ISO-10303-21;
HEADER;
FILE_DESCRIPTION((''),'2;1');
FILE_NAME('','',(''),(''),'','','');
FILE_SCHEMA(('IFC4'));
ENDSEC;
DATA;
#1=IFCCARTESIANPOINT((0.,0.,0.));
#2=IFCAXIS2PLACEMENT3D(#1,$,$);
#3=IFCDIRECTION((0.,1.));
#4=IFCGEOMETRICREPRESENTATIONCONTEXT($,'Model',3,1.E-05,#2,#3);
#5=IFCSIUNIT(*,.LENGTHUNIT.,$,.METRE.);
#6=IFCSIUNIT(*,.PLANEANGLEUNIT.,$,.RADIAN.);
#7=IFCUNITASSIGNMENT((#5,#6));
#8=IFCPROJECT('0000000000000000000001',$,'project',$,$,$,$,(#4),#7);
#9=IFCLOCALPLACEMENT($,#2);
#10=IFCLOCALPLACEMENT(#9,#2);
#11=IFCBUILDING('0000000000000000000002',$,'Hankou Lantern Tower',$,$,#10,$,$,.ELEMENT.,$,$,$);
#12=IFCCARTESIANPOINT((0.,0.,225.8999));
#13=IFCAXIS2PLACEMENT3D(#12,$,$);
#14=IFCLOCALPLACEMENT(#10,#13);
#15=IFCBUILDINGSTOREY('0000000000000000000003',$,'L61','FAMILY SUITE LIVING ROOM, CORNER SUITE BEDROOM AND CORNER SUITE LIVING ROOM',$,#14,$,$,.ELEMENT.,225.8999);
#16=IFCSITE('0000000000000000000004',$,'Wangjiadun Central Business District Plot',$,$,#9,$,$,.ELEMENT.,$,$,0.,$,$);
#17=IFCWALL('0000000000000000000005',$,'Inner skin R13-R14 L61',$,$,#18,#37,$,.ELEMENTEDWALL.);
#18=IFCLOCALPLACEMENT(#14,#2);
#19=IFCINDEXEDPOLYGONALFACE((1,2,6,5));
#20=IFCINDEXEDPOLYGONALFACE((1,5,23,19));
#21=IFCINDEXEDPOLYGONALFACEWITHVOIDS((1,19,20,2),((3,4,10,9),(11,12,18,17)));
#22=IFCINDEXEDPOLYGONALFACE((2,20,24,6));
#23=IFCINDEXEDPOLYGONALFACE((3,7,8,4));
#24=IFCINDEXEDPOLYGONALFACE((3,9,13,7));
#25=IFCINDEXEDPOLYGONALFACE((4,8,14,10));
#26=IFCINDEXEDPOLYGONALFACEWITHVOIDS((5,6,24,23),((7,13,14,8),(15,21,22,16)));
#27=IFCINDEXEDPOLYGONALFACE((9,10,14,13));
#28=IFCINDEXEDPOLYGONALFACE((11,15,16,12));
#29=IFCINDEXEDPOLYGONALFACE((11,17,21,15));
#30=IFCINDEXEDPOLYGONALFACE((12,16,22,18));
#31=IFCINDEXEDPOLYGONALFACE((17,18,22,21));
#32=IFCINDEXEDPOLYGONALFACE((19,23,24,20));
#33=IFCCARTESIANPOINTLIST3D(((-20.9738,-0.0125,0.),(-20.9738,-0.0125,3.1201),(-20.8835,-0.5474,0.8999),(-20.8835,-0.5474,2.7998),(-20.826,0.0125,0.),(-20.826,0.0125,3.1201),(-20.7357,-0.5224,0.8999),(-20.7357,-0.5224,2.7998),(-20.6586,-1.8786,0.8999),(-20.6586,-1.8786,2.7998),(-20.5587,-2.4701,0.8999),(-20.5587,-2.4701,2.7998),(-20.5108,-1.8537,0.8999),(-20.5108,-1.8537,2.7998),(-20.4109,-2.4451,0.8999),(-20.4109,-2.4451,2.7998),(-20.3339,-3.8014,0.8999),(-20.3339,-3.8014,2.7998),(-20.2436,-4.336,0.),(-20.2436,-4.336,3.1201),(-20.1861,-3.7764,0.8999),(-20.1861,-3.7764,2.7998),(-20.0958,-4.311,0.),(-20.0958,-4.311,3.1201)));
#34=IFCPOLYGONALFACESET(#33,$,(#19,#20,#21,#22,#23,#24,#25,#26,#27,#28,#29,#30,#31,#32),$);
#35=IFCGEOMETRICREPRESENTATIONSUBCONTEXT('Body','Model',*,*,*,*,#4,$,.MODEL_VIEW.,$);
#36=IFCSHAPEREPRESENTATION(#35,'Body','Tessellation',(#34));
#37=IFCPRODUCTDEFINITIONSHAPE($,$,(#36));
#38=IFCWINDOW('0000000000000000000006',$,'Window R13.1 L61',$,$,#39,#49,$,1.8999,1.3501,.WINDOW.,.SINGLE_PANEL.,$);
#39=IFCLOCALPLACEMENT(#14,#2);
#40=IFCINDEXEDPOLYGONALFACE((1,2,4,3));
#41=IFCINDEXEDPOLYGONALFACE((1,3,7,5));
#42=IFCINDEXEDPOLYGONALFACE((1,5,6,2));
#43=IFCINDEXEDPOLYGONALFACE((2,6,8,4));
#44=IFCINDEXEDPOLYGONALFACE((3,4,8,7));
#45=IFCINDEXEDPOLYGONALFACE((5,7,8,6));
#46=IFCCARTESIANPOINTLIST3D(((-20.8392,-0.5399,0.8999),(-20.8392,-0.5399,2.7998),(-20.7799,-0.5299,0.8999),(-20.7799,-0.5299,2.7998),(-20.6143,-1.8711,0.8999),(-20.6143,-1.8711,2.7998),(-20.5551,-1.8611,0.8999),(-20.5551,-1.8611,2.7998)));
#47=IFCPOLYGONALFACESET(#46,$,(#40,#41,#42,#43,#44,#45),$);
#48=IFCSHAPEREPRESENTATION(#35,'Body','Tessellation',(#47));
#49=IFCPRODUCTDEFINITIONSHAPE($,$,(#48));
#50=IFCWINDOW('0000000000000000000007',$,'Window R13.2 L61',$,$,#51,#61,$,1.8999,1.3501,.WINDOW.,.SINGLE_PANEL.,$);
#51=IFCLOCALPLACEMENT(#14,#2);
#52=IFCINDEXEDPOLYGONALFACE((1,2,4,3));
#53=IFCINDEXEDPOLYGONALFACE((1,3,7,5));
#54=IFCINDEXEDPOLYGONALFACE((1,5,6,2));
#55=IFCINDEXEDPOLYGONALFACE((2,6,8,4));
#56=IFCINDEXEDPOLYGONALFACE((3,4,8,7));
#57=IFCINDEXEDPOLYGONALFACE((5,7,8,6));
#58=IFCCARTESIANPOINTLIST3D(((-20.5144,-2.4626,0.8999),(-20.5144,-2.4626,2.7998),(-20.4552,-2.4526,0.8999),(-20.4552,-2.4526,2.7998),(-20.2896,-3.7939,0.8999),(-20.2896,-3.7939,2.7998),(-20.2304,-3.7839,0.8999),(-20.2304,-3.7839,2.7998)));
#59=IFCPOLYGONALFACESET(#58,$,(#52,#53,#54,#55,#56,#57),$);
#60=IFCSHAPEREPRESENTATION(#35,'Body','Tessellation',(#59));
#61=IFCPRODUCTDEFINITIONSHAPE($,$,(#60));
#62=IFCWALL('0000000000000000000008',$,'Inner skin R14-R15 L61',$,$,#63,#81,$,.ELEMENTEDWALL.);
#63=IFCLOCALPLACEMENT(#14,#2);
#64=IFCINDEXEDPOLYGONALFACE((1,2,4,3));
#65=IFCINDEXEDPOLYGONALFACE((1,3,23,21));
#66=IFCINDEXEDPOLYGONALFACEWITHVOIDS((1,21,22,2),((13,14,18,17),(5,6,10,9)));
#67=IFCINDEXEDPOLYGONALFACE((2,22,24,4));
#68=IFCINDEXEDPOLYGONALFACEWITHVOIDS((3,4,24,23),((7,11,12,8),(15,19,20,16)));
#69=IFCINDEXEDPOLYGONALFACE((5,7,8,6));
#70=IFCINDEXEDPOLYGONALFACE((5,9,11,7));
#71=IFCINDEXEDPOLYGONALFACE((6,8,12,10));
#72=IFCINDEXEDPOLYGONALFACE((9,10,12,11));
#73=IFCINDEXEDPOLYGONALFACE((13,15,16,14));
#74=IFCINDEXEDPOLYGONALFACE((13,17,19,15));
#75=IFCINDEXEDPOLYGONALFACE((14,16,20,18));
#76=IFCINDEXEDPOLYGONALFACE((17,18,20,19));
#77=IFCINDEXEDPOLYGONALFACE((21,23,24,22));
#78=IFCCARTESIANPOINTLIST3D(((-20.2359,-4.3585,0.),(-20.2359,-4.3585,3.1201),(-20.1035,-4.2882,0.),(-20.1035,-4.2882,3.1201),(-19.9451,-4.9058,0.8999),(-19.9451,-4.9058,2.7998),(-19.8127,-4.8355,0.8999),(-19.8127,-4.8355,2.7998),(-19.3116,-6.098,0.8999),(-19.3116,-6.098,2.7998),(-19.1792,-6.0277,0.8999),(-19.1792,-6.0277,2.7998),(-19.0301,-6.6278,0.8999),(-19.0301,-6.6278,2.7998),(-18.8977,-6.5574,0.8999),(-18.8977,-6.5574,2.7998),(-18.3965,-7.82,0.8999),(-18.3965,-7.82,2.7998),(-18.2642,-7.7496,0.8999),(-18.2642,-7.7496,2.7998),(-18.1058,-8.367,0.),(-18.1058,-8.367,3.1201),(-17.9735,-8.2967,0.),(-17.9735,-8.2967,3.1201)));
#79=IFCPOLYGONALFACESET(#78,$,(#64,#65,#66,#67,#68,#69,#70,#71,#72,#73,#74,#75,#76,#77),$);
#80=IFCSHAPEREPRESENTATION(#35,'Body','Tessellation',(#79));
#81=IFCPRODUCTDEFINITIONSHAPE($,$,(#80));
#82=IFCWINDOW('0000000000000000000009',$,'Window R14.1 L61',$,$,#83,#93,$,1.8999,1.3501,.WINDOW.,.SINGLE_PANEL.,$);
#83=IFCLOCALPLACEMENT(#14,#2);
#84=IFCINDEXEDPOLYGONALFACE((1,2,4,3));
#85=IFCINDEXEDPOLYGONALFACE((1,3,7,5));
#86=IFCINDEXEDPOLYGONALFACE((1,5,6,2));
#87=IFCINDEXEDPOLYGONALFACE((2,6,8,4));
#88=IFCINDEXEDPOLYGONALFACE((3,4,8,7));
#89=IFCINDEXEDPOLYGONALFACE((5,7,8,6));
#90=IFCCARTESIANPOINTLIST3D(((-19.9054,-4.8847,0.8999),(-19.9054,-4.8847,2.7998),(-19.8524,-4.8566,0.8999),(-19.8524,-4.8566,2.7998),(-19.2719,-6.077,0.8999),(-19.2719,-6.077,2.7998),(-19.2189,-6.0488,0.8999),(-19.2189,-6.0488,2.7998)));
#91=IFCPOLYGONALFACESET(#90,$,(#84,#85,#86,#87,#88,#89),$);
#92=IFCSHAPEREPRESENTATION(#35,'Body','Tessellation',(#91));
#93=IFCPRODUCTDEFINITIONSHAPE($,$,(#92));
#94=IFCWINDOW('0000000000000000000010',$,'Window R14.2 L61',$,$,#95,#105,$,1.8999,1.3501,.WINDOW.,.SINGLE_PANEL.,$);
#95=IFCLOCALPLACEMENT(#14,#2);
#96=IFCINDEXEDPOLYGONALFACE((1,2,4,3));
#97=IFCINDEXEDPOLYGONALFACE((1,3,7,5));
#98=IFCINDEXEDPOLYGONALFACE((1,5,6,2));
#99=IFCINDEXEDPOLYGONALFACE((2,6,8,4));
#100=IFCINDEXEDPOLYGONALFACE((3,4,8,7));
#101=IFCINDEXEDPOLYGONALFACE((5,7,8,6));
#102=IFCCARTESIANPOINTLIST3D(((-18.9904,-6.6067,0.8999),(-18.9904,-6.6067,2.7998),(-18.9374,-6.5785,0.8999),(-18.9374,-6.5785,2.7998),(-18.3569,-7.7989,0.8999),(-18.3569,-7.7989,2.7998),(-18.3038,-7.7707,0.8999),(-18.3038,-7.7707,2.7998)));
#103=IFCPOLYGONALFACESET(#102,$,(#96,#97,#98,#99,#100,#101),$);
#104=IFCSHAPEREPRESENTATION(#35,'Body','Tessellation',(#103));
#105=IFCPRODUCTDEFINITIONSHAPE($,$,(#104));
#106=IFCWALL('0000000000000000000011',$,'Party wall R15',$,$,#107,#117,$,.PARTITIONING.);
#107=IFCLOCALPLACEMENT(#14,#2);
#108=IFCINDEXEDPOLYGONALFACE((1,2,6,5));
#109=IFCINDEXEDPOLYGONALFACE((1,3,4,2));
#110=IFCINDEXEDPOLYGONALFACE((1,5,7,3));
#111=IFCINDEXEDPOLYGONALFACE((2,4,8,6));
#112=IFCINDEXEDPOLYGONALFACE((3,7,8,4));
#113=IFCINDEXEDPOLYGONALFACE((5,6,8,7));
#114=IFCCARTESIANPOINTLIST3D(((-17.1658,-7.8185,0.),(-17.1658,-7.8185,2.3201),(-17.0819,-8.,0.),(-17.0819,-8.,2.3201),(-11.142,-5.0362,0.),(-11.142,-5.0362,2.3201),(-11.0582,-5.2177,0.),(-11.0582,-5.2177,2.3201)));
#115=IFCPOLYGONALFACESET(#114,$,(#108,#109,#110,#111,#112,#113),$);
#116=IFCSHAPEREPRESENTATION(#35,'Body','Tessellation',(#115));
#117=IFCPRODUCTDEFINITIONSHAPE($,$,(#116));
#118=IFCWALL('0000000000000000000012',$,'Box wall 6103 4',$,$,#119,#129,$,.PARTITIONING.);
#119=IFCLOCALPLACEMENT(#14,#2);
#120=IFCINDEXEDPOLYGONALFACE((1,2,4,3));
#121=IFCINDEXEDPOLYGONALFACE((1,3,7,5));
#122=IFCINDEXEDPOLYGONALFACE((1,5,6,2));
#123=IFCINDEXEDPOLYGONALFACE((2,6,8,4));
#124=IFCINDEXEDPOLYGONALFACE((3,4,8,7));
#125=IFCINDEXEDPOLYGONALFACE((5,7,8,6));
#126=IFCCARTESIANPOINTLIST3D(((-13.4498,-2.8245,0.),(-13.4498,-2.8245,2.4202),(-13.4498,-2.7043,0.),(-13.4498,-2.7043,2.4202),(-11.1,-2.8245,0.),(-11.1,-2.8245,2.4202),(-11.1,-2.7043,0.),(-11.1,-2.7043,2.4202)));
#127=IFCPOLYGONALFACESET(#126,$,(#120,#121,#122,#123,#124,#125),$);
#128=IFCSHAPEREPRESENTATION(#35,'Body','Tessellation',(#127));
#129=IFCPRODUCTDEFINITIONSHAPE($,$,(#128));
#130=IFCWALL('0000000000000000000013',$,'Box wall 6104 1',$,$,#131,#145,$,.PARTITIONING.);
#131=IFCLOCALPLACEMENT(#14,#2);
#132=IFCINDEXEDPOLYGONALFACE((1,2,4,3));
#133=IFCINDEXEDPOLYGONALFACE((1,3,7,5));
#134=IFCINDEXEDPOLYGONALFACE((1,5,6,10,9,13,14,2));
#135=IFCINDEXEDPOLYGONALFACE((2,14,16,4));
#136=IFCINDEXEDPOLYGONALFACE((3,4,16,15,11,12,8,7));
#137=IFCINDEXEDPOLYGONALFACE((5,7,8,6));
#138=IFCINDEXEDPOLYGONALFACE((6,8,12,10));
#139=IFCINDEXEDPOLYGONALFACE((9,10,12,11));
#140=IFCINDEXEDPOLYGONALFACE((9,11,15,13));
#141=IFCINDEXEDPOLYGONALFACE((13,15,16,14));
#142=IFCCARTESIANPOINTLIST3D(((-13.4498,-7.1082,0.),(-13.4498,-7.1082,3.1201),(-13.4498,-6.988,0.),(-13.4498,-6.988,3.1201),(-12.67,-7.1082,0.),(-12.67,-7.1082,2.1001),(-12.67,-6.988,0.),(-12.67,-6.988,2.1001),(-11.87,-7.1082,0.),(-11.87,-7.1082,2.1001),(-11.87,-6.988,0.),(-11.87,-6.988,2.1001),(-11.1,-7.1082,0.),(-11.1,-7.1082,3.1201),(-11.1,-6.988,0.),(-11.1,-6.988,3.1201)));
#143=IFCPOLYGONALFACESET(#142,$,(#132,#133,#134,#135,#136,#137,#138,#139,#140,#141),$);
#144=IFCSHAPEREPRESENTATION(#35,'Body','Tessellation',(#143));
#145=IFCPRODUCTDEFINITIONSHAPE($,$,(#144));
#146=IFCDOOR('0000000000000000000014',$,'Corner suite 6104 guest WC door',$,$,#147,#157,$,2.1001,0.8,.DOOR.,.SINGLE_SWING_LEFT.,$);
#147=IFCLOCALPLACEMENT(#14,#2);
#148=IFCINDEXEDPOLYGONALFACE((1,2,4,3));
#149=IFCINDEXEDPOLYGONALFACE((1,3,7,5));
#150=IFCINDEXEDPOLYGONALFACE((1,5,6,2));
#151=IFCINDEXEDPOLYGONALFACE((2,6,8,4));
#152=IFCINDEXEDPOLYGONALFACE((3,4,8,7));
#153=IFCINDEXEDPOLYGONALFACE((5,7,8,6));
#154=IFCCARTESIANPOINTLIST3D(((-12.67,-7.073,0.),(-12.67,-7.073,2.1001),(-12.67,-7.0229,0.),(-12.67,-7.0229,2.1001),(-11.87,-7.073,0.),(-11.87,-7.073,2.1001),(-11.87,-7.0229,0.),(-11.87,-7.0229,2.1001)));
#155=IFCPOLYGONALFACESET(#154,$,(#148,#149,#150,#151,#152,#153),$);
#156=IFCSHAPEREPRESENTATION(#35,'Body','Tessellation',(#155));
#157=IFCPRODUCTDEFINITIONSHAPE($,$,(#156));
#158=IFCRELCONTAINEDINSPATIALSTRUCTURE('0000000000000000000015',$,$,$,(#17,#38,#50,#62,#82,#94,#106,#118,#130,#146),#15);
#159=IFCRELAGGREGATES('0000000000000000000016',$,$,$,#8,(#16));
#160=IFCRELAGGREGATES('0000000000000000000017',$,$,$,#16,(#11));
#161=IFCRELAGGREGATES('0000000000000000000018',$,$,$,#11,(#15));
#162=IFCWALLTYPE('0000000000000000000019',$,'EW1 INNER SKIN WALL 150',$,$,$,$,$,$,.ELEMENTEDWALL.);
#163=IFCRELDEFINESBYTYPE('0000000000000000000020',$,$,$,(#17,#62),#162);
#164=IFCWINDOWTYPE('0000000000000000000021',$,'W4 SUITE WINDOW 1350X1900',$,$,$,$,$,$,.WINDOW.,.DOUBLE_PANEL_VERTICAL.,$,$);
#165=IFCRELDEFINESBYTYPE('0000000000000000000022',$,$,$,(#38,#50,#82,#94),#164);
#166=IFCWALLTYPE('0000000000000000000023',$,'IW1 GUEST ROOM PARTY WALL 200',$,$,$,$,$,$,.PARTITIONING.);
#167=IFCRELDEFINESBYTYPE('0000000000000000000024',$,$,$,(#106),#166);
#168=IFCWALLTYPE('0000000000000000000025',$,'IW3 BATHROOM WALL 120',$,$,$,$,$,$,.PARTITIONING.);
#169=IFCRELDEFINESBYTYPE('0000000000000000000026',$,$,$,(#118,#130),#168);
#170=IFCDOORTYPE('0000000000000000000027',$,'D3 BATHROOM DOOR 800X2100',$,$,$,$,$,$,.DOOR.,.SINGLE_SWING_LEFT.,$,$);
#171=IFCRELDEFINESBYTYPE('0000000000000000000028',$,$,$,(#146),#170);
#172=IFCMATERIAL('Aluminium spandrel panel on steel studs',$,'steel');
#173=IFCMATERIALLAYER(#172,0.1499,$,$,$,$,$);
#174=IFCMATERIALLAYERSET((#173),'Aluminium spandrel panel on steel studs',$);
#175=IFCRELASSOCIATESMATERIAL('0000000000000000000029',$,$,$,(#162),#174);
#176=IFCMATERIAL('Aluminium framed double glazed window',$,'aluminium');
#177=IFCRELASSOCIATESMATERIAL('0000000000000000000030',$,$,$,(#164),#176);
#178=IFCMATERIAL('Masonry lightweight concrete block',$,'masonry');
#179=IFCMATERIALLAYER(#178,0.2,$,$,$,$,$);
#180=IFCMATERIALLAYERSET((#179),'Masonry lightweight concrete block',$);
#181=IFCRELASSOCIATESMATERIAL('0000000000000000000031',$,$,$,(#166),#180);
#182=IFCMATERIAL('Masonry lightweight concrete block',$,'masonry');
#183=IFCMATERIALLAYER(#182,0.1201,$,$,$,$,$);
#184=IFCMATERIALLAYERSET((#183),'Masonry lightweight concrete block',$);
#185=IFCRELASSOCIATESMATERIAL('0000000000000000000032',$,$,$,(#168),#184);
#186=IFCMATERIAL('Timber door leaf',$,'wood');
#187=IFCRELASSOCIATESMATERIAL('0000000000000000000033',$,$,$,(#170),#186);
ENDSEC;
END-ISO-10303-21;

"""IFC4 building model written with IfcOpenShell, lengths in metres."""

from ifc_helpers import new_model, si_unit, direction, frame, frame_2d, origin, place, context, subcontext, project, spatial, rectangle, extrude, material, layer, layer_set, type_object, element, fill, save


model = new_model("IFC4")

# Units and contexts
model_context = context("Model", 3, precision=1e-05, world=origin(), true_north=direction((0.0, 1.0)))
body_context = subcontext(model_context, "Body", "Model", "MODEL_VIEW")
ifc_project = project(units=[si_unit("LENGTHUNIT", "METRE"), si_unit("PLANEANGLEUNIT", "RADIAN")], contexts=[model_context])

# Site, building, storey
site_placement = place(None, origin())
site = spatial("IfcSite", under=ifc_project, at=site_placement, Name="Wangjiadun Central Business District Plot", CompositionType="ELEMENT", RefElevation=0.0)
building_placement = place(site_placement, origin())
building = spatial("IfcBuilding", under=site, at=building_placement, Name="Hankou Lantern Tower", CompositionType="ELEMENT")
storey_placement = place(building_placement, frame((0.0, 0.0, 225.8999)))
storey = spatial("IfcBuildingStorey", under=building, at=storey_placement, Name="L61", Description="FAMILY SUITE LIVING ROOM, CORNER SUITE BEDROOM AND CORNER SUITE LIVING ROOM", CompositionType="ELEMENT", Elevation=225.8999)

# Walls, openings, windows
ifc_material_1 = material(Name="Aluminium spandrel panel on steel studs", Category="steel")
ifc_layer_1 = layer(ifc_material_1, 0.1499)
ifc_layer_set_1 = layer_set([ifc_layer_1], Name="Aluminium spandrel panel on steel studs")
wall_type_1 = type_object("IfcWallType", Name="EW1 INNER SKIN WALL 150", PredefinedType="ELEMENTEDWALL", material=ifc_layer_set_1)
wall_1_placement = place(storey_placement, frame((-20.8999, 0.0, 0.0), z_axis=(0.0, 0.0, 1.0), x_axis=(0.166539, -0.986035, 0.0)))
wall_1 = element("IfcWall", 1, at=wall_1_placement, inside=storey, type_object=wall_type_1, Name="Inner skin R13-R14 L61", PredefinedType="ELEMENTEDWALL", context=body_context, shape_type="SweptSolid", body=[
    extrude(rectangle(XDim=4.3848, YDim=0.1499, at=frame_2d((2.1924, 0.0))), origin(), (0.0, 0.0, 1.0), 3.1201),
])
opening_1_placement = place(wall_1_placement, frame((0.5425, 0.0, 0.8999)))
opening_1 = element("IfcOpeningElement", 2, at=opening_1_placement, cuts=wall_1, PredefinedType="OPENING", context=body_context, shape_type="SweptSolid", body=[
    extrude(rectangle(XDim=1.3501, YDim=1.8999, at=frame_2d((0.675, 0.95))), frame((0.0, 0.085, 0.0), z_axis=(0.0, -1.0, 0.0), x_axis=(1.0, 0.0, 0.0)), (0.0, 0.0, 1.0), 0.1699),
])
opening_2_placement = place(wall_1_placement, frame((2.4924, 0.0, 0.8999)))
opening_2 = element("IfcOpeningElement", 3, at=opening_2_placement, cuts=wall_1, PredefinedType="OPENING", context=body_context, shape_type="SweptSolid", body=[
    extrude(rectangle(XDim=1.3501, YDim=1.8999, at=frame_2d((0.675, 0.95))), frame((0.0, 0.085, 0.0), z_axis=(0.0, -1.0, 0.0), x_axis=(1.0, 0.0, 0.0)), (0.0, 0.0, 1.0), 0.1699),
])
ifc_material_2 = material(Name="Aluminium framed double glazed window", Category="aluminium")
window_type = type_object("IfcWindowType", Name="W4 SUITE WINDOW 1350X1900", PartitioningType="DOUBLE_PANEL_VERTICAL", PredefinedType="WINDOW", material=ifc_material_2)
window_1_placement = place(opening_1_placement, origin())
window_1 = element("IfcWindow", 4, at=window_1_placement, inside=storey, type_object=window_type, Name="Window R13.1 L61", OverallHeight=1.8999, OverallWidth=1.3501, PartitioningType="SINGLE_PANEL", PredefinedType="WINDOW", context=body_context, shape_type="SweptSolid", body=[
    extrude(rectangle(XDim=1.3501, YDim=1.8999, at=frame_2d((0.675, 0.95))), frame((0.0, 0.03, 0.0), z_axis=(0.0, -1.0, 0.0), x_axis=(1.0, 0.0, 0.0)), (0.0, 0.0, 1.0), 0.0601),
])
fill(opening_1, window_1)
window_2_placement = place(opening_2_placement, origin())
window_2 = element("IfcWindow", 5, at=window_2_placement, inside=storey, type_object=window_type, Name="Window R13.2 L61", OverallHeight=1.8999, OverallWidth=1.3501, PartitioningType="SINGLE_PANEL", PredefinedType="WINDOW", context=body_context, shape_type="SweptSolid", body=[
    extrude(rectangle(XDim=1.3501, YDim=1.8999, at=frame_2d((0.675, 0.95))), frame((0.0, 0.03, 0.0), z_axis=(0.0, -1.0, 0.0), x_axis=(1.0, 0.0, 0.0)), (0.0, 0.0, 1.0), 0.0601),
])
fill(opening_2, window_2)
wall_2_placement = place(storey_placement, frame((-20.1697, -4.3235, 0.0), z_axis=(0.0, 0.0, 1.0), x_axis=(0.469256, -0.883062, 0.0)))
wall_2 = element("IfcWall", 6, at=wall_2_placement, inside=storey, type_object=wall_type_1, Name="Inner skin R14-R15 L61", PredefinedType="ELEMENTEDWALL", context=body_context, shape_type="SweptSolid", body=[
    extrude(rectangle(XDim=4.5393, YDim=0.1499, at=frame_2d((2.2695, 0.0))), origin(), (0.0, 0.0, 1.0), 3.1201),
])
opening_3_placement = place(wall_2_placement, frame((0.6196, 0.0, 0.8999)))
opening_3 = element("IfcOpeningElement", 7, at=opening_3_placement, cuts=wall_2, PredefinedType="OPENING", context=body_context, shape_type="SweptSolid", body=[
    extrude(rectangle(XDim=1.3501, YDim=1.8999, at=frame_2d((0.675, 0.95))), frame((0.0, 0.085, 0.0), z_axis=(0.0, -1.0, 0.0), x_axis=(1.0, 0.0, 0.0)), (0.0, 0.0, 1.0), 0.1699),
])
opening_4_placement = place(wall_2_placement, frame((2.5696, 0.0, 0.8999)))
opening_4 = element("IfcOpeningElement", 8, at=opening_4_placement, cuts=wall_2, PredefinedType="OPENING", context=body_context, shape_type="SweptSolid", body=[
    extrude(rectangle(XDim=1.3501, YDim=1.8999, at=frame_2d((0.675, 0.95))), frame((0.0, 0.085, 0.0), z_axis=(0.0, -1.0, 0.0), x_axis=(1.0, 0.0, 0.0)), (0.0, 0.0, 1.0), 0.1699),
])
window_3_placement = place(opening_3_placement, origin())
window_3 = element("IfcWindow", 9, at=window_3_placement, inside=storey, type_object=window_type, Name="Window R14.1 L61", OverallHeight=1.8999, OverallWidth=1.3501, PartitioningType="SINGLE_PANEL", PredefinedType="WINDOW", context=body_context, shape_type="SweptSolid", body=[
    extrude(rectangle(XDim=1.3501, YDim=1.8999, at=frame_2d((0.675, 0.95))), frame((0.0, 0.03, 0.0), z_axis=(0.0, -1.0, 0.0), x_axis=(1.0, 0.0, 0.0)), (0.0, 0.0, 1.0), 0.0601),
])
fill(opening_3, window_3)
window_4_placement = place(opening_4_placement, origin())
window_4 = element("IfcWindow", 10, at=window_4_placement, inside=storey, type_object=window_type, Name="Window R14.2 L61", OverallHeight=1.8999, OverallWidth=1.3501, PartitioningType="SINGLE_PANEL", PredefinedType="WINDOW", context=body_context, shape_type="SweptSolid", body=[
    extrude(rectangle(XDim=1.3501, YDim=1.8999, at=frame_2d((0.675, 0.95))), frame((0.0, 0.03, 0.0), z_axis=(0.0, -1.0, 0.0), x_axis=(1.0, 0.0, 0.0)), (0.0, 0.0, 1.0), 0.0601),
])
fill(opening_4, window_4)

# Walls
ifc_material_3 = material(Name="Masonry lightweight concrete block", Category="masonry")
ifc_layer_2 = layer(ifc_material_3, 0.2)
ifc_layer_set_2 = layer_set([ifc_layer_2], Name="Masonry lightweight concrete block")
wall_type_2 = type_object("IfcWallType", Name="IW1 GUEST ROOM PARTY WALL 200", PredefinedType="PARTITIONING", material=ifc_layer_set_2)
wall_3_placement = place(storey_placement, frame((-11.1001, -5.127, 0.0), z_axis=(0.0, 0.0, 1.0), x_axis=(-0.907841, -0.419315, 0.0)))
element("IfcWall", 11, at=wall_3_placement, inside=storey, type_object=wall_type_2, Name="Party wall R15", PredefinedType="PARTITIONING", context=body_context, shape_type="SweptSolid", body=[
    extrude(rectangle(XDim=6.6353, YDim=0.2, at=frame_2d((3.3176, 0.0))), origin(), (0.0, 0.0, 1.0), 2.3201),
])
ifc_material_4 = material(Name="Masonry lightweight concrete block", Category="masonry")
ifc_layer_3 = layer(ifc_material_4, 0.1201)
ifc_layer_set_3 = layer_set([ifc_layer_3], Name="Masonry lightweight concrete block")
wall_type_3 = type_object("IfcWallType", Name="IW3 BATHROOM WALL 120", PredefinedType="PARTITIONING", material=ifc_layer_set_3)
wall_4_placement = place(storey_placement, frame((-11.1001, -2.7644, 0.0), z_axis=(0.0, 0.0, 1.0), x_axis=(-1.0, 0.0, 0.0)))
element("IfcWall", 12, at=wall_4_placement, inside=storey, type_object=wall_type_3, Name="Box wall 6103 4", PredefinedType="PARTITIONING", context=body_context, shape_type="SweptSolid", body=[
    extrude(rectangle(XDim=2.3499, YDim=0.1201, at=frame_2d((1.1748, 0.0))), origin(), (0.0, 0.0, 1.0), 2.4202),
])

# Wall, opening, door
wall_5_placement = place(storey_placement, frame((-11.1001, -7.0481, 0.0), z_axis=(0.0, 0.0, 1.0), x_axis=(-1.0, 0.0, 0.0)))
wall_5 = element("IfcWall", 13, at=wall_5_placement, inside=storey, type_object=wall_type_3, Name="Box wall 6104 1", PredefinedType="PARTITIONING", context=body_context, shape_type="SweptSolid", body=[
    extrude(rectangle(XDim=2.3499, YDim=0.1201, at=frame_2d((1.1748, 0.0))), origin(), (0.0, 0.0, 1.0), 3.1201),
])
opening_5_placement = place(wall_5_placement, frame((0.77, 0.0, 0.0)))
opening_5 = element("IfcOpeningElement", 14, at=opening_5_placement, cuts=wall_5, PredefinedType="OPENING", context=body_context, shape_type="SweptSolid", body=[
    extrude(rectangle(XDim=0.8, YDim=2.1001, at=frame_2d((0.3999, 1.05))), frame((0.0, 0.0701, 0.0), z_axis=(0.0, -1.0, 0.0), x_axis=(1.0, 0.0, 0.0)), (0.0, 0.0, 1.0), 0.1401),
])
ifc_material_5 = material(Name="Timber door leaf", Category="wood")
door_type_1 = type_object("IfcDoorType", Name="D3 BATHROOM DOOR 800X2100", OperationType="SINGLE_SWING_LEFT", PredefinedType="DOOR", material=ifc_material_5)
door_1_placement = place(opening_5_placement, origin())
door_1 = element("IfcDoor", 15, at=door_1_placement, inside=storey, type_object=door_type_1, Name="Corner suite 6104 guest WC door", OperationType="SINGLE_SWING_LEFT", OverallHeight=2.1001, OverallWidth=0.8, PredefinedType="DOOR", context=body_context, shape_type="SweptSolid", body=[
    extrude(rectangle(XDim=0.8, YDim=2.1001, at=frame_2d((0.3999, 1.05))), frame((0.0, 0.0249, 0.0), z_axis=(0.0, -1.0, 0.0), x_axis=(1.0, 0.0, 0.0)), (0.0, 0.0, 1.0), 0.05),
])
fill(opening_5, door_1)

save(model, "model.ifc")
